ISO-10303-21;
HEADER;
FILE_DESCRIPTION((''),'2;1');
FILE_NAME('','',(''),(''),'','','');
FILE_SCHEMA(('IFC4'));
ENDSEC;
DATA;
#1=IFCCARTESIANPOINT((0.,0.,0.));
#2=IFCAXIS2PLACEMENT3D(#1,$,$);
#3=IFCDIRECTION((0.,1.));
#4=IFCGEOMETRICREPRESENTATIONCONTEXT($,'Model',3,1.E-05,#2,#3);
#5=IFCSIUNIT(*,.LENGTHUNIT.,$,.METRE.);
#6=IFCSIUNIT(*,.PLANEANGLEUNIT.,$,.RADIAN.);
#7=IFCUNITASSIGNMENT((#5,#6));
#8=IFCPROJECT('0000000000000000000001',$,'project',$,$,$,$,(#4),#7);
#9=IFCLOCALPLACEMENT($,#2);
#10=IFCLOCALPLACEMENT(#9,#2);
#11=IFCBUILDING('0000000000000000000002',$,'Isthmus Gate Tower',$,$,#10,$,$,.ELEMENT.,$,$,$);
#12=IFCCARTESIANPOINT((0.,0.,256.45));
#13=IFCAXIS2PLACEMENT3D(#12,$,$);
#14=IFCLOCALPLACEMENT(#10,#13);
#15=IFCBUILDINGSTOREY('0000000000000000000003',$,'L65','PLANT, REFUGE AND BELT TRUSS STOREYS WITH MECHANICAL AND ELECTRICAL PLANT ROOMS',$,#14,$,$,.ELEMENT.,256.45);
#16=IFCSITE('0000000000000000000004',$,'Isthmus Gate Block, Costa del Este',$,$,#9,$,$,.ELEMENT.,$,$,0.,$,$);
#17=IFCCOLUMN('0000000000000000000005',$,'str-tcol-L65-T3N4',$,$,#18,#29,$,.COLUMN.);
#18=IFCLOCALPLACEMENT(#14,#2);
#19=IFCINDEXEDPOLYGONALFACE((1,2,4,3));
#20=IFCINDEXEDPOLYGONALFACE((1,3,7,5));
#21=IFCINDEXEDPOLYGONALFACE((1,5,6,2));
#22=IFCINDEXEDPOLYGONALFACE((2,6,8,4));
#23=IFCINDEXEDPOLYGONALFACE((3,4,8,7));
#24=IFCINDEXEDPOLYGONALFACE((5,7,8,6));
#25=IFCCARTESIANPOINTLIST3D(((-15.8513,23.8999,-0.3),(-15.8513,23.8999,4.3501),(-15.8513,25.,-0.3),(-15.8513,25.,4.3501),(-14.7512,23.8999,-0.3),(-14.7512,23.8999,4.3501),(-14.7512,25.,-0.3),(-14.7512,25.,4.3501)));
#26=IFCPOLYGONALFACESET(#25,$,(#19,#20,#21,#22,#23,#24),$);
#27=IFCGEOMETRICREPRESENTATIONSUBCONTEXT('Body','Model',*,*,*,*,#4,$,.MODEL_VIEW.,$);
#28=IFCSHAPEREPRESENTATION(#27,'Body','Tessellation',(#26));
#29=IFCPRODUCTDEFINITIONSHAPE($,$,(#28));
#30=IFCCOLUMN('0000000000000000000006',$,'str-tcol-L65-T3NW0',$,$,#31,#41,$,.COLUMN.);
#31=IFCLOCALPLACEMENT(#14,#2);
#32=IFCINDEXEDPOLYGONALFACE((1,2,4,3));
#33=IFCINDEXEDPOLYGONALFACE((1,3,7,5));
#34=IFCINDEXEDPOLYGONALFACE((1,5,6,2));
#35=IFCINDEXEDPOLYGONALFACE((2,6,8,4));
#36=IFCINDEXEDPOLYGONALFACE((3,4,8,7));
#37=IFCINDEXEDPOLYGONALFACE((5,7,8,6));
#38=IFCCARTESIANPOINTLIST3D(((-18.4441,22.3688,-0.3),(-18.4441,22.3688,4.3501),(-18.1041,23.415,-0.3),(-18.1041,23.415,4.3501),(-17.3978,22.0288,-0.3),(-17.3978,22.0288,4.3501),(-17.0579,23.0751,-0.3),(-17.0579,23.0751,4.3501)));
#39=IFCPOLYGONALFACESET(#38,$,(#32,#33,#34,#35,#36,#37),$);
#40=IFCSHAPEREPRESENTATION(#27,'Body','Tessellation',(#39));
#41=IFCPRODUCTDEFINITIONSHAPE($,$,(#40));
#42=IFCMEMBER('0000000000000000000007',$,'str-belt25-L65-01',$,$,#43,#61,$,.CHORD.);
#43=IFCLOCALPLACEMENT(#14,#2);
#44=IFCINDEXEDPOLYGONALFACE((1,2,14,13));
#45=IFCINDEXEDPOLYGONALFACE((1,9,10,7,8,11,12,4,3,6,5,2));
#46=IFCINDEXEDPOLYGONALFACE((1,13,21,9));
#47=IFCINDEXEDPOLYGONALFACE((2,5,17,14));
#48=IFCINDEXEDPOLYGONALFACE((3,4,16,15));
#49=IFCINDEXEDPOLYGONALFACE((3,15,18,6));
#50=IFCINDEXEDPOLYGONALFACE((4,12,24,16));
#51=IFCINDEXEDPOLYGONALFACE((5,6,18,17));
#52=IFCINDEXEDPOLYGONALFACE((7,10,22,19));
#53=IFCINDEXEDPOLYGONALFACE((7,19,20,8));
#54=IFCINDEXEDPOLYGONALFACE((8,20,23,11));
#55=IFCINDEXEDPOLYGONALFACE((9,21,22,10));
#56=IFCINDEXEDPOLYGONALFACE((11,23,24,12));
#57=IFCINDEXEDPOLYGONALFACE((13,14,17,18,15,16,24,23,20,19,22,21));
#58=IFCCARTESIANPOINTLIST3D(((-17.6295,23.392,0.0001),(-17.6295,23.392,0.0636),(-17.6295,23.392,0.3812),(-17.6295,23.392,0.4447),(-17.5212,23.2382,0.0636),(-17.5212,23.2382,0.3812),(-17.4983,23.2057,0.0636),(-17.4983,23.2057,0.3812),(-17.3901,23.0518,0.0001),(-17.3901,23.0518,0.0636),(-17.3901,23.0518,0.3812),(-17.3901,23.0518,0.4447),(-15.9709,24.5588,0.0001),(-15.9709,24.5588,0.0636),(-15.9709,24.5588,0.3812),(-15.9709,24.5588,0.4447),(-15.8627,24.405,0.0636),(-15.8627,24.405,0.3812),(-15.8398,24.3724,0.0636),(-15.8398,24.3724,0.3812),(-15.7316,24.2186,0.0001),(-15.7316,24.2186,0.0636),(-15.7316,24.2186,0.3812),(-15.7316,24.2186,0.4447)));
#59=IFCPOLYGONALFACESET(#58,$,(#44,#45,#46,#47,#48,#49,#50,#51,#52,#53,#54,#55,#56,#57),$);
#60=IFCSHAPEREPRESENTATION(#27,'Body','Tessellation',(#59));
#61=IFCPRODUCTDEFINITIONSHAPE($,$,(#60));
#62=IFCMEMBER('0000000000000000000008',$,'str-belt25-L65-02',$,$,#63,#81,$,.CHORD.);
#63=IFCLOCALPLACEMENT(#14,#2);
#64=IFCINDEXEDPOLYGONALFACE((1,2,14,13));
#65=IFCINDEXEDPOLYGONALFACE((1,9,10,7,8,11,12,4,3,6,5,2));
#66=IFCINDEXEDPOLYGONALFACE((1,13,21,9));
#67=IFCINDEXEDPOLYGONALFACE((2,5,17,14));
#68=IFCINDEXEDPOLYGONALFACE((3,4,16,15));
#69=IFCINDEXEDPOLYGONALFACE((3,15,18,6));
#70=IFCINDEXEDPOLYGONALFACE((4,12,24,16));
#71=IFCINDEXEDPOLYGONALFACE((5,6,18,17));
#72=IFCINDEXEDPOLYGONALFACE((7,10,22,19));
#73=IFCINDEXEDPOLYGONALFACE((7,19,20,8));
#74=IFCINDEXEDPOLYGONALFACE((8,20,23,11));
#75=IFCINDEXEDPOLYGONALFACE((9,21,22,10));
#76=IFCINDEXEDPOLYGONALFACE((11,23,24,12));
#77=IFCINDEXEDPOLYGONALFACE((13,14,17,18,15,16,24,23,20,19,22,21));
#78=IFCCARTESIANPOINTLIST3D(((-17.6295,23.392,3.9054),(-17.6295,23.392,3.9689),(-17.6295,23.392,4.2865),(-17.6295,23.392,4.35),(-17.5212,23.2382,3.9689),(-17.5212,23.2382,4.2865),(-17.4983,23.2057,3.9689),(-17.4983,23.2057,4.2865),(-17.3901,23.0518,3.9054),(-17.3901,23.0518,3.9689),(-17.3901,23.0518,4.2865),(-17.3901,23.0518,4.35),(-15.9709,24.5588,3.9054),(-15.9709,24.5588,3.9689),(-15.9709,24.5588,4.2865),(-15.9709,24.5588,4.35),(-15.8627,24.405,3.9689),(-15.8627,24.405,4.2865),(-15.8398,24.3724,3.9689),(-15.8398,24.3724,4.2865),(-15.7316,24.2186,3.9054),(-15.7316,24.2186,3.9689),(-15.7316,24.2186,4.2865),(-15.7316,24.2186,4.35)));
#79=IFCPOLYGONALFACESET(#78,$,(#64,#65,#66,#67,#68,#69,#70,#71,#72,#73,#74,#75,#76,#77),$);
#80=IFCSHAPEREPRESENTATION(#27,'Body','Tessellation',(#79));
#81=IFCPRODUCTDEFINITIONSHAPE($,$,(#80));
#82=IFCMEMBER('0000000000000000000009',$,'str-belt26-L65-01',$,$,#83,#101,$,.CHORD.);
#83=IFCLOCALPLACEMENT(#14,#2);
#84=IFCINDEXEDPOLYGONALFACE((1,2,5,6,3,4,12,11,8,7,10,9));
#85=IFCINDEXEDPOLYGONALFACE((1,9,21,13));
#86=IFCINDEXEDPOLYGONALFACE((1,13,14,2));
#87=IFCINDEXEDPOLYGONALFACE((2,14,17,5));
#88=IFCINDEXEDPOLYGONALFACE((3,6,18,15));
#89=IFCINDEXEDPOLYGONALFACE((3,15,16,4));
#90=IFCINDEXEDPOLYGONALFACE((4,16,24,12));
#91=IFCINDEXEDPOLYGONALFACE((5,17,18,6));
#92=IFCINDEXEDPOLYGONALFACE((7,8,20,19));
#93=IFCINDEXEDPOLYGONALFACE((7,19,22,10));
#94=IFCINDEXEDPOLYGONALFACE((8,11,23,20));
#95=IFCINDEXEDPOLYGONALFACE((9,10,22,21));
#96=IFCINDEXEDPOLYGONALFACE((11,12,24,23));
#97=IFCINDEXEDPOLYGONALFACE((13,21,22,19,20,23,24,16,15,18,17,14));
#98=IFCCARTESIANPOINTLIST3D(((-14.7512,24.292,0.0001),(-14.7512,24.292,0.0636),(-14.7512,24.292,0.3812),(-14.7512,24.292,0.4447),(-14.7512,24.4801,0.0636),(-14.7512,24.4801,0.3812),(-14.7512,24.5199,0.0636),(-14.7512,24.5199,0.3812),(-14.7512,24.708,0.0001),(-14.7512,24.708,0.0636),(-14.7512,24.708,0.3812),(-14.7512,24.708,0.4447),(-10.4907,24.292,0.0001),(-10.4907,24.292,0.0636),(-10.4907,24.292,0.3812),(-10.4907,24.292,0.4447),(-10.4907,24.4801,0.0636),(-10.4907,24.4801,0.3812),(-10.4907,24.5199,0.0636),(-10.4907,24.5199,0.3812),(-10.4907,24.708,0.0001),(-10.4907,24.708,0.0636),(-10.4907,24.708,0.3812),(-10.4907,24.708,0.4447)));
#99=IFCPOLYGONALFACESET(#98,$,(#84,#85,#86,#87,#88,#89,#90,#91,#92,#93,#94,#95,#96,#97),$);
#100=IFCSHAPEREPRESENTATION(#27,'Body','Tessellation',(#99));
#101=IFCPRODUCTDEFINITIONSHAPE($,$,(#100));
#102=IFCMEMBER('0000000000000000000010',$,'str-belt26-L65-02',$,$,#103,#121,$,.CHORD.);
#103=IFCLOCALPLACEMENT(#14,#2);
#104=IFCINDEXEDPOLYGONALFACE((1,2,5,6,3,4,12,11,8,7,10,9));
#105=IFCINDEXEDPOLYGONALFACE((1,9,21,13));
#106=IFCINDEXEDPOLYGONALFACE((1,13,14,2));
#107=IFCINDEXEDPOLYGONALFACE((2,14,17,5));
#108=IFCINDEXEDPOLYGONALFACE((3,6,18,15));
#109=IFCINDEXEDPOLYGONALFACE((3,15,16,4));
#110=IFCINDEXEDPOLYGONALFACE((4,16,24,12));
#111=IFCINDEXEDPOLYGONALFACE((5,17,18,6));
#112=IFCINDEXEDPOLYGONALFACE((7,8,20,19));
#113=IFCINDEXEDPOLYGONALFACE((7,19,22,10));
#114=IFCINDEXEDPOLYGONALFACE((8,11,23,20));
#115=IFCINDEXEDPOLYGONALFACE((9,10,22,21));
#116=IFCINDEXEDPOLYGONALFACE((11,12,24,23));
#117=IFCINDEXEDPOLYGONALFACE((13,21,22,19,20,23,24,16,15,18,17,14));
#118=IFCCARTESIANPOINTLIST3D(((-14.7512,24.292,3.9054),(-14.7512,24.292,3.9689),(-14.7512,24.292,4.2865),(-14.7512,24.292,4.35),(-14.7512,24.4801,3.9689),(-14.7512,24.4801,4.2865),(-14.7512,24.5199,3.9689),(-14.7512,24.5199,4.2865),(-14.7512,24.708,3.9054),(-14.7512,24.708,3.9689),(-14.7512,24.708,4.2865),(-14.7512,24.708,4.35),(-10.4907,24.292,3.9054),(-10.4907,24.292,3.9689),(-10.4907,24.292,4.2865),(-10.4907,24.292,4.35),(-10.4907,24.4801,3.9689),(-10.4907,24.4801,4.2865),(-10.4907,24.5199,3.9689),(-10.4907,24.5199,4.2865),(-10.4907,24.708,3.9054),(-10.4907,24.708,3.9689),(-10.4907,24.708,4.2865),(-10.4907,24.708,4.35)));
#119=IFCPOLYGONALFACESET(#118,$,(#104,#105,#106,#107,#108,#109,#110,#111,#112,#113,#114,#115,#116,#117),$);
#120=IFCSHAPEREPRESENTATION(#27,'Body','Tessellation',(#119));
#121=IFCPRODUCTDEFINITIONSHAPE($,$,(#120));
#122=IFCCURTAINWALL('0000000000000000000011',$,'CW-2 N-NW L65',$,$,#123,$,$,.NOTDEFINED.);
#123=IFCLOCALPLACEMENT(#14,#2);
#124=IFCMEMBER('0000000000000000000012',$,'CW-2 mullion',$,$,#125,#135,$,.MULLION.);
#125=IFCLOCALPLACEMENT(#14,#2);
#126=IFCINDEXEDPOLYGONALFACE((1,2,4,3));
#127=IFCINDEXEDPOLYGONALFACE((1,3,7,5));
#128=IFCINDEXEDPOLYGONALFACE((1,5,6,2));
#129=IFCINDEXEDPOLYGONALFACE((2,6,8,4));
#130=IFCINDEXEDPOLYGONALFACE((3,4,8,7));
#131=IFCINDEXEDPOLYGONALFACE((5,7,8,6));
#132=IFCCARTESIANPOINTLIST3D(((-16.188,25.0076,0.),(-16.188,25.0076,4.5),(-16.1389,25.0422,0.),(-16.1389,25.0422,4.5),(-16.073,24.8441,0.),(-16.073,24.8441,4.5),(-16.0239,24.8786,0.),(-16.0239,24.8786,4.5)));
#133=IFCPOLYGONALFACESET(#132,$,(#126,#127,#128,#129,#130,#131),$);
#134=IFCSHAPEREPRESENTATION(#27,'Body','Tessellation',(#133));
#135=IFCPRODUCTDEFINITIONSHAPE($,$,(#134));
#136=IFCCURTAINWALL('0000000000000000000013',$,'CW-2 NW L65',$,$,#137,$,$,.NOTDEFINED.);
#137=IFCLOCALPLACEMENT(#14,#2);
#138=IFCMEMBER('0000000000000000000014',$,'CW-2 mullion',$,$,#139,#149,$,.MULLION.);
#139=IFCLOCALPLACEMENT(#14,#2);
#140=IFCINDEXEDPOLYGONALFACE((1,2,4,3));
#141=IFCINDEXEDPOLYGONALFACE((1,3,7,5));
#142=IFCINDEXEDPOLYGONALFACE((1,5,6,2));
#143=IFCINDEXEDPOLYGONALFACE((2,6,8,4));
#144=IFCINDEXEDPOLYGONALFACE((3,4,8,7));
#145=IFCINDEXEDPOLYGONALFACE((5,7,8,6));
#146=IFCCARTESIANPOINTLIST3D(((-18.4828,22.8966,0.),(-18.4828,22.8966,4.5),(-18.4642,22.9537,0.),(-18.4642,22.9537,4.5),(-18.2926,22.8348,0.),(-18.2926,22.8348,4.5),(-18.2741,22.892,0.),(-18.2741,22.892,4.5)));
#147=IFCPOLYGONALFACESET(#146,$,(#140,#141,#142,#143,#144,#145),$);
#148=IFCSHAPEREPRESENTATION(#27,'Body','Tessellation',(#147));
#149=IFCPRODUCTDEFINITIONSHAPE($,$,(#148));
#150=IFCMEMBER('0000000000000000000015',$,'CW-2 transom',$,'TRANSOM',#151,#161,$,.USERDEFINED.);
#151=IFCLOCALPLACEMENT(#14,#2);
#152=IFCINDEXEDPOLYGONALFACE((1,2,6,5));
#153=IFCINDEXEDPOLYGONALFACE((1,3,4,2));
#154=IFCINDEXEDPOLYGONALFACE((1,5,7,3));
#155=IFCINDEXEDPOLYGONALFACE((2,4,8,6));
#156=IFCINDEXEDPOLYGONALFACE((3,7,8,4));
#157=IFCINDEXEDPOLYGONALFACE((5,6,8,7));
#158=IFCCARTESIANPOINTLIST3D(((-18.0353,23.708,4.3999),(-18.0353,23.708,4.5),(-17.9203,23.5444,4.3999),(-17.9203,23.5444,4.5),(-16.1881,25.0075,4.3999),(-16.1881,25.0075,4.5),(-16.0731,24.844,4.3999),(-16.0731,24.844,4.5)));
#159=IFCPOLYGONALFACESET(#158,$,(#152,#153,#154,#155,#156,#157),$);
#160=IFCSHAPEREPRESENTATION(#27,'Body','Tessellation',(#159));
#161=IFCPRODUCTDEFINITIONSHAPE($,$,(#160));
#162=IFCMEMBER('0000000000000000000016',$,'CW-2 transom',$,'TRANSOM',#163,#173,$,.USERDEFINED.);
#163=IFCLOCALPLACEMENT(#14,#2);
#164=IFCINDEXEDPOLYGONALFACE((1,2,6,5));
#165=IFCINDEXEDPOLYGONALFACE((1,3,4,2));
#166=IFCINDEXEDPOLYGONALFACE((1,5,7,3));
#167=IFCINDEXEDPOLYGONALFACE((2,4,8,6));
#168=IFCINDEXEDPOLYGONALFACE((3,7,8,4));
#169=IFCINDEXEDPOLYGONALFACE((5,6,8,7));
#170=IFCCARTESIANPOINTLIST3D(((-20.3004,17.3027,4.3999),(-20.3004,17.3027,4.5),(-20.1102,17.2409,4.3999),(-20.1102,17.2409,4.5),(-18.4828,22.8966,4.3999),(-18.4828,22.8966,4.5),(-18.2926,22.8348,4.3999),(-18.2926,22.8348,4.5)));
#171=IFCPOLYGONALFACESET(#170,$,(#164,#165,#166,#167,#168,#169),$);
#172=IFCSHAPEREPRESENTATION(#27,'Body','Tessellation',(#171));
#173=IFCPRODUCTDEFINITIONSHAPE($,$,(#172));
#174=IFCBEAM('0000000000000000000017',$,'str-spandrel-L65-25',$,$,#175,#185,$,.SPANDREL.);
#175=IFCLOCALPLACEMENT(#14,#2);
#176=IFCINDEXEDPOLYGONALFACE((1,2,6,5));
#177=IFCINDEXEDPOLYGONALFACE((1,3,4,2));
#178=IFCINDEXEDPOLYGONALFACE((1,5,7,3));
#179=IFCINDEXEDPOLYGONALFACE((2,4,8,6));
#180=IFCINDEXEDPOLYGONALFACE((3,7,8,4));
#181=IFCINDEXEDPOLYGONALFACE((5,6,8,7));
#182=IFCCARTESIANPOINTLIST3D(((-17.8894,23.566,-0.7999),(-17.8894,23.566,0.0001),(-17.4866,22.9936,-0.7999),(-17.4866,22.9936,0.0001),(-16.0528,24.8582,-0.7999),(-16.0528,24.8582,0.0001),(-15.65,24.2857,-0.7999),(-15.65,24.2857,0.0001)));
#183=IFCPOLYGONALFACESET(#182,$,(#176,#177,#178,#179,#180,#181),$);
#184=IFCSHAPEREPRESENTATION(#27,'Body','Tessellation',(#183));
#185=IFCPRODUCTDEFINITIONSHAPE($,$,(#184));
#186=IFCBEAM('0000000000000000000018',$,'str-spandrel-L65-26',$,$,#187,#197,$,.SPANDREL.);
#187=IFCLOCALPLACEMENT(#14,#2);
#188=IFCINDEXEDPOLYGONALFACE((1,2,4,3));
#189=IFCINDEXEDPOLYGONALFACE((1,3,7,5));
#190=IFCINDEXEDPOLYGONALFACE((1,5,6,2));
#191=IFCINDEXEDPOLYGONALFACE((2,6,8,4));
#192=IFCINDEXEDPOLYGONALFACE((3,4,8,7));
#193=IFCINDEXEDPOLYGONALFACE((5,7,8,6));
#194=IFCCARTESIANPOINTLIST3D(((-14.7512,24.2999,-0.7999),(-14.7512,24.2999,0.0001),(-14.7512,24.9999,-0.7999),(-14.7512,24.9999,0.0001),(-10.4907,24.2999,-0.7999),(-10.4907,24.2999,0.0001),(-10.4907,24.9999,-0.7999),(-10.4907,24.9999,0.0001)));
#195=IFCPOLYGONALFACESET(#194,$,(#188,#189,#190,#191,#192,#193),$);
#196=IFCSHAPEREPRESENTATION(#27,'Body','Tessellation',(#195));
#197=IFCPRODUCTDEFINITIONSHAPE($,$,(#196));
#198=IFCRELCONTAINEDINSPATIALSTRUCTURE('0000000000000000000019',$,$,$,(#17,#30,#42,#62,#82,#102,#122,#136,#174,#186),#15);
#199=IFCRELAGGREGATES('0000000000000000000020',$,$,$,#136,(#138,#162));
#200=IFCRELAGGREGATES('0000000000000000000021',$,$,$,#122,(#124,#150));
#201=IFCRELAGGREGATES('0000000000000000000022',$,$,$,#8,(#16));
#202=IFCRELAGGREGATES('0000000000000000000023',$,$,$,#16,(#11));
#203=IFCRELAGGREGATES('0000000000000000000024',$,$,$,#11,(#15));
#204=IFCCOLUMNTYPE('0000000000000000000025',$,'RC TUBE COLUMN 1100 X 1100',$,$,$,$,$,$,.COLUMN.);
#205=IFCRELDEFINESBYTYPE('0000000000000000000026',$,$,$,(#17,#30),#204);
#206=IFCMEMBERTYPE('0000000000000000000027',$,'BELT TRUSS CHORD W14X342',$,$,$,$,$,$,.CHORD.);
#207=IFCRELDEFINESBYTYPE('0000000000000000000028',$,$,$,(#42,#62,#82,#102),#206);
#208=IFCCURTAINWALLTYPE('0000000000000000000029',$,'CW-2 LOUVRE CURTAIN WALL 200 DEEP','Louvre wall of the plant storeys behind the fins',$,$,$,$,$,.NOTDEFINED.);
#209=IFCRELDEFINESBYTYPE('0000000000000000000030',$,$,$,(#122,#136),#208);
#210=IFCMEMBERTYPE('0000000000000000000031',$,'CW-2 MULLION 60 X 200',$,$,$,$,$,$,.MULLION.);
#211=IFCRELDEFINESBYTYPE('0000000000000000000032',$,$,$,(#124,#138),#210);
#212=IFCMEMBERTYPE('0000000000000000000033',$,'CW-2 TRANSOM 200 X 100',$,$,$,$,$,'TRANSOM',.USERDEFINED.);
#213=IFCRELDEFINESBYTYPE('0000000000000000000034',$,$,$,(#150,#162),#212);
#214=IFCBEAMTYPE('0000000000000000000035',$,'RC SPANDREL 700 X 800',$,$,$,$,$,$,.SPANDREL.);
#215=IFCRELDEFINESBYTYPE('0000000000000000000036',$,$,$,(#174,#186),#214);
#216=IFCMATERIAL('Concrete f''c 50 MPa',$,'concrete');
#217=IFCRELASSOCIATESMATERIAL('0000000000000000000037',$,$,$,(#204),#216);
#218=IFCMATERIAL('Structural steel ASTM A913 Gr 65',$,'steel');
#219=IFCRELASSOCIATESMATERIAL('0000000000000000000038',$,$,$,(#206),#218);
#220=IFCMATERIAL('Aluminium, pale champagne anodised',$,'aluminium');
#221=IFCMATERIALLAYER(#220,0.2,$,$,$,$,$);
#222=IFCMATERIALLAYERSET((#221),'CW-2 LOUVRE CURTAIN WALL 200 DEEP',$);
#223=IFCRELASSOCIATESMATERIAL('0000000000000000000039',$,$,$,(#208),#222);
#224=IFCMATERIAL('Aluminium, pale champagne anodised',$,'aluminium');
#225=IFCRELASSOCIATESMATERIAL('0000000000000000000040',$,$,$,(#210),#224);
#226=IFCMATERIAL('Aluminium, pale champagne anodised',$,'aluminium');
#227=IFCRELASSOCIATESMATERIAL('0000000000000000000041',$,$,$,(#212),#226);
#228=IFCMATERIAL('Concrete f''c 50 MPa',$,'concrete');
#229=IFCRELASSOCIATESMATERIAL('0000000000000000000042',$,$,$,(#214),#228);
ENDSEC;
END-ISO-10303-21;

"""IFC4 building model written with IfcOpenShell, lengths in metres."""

from ifc_helpers import new_model, si_unit, direction, frame, origin, origin_2d, place, context, subcontext, project, spatial, rectangle, i_section, extrude, material, layer, layer_set, material_profile, profile_set, type_object, element, aggregate, save


model = new_model("IFC4")

# Units and contexts
model_context = context("Model", 3, precision=1e-05, world=origin(), true_north=direction((0.0, 1.0)))
body_context = subcontext(model_context, "Body", "Model", "MODEL_VIEW")
ifc_project = project(units=[si_unit("LENGTHUNIT", "METRE"), si_unit("PLANEANGLEUNIT", "RADIAN")], contexts=[model_context])

# Site, building, storey
site_placement = place(None, origin())
site = spatial("IfcSite", under=ifc_project, at=site_placement, Name="Isthmus Gate Block, Costa del Este", CompositionType="ELEMENT", RefElevation=0.0)
building_placement = place(site_placement, origin())
building = spatial("IfcBuilding", under=site, at=building_placement, Name="Isthmus Gate Tower", CompositionType="ELEMENT")
storey_placement = place(building_placement, frame((0.0, 0.0, 256.45)))
storey = spatial("IfcBuildingStorey", under=building, at=storey_placement, Name="L65", Description="PLANT, REFUGE AND BELT TRUSS STOREYS WITH MECHANICAL AND ELECTRICAL PLANT ROOMS", CompositionType="ELEMENT", Elevation=256.45)

# Columns
ifc_material_1 = material(Name="Concrete f'c 50 MPa", Category="concrete")
ifc_material_profile_1 = material_profile(ifc_material_1, rectangle(XDim=1.1001, YDim=1.1001, at=origin_2d()), Name="RC 1100X1100")
ifc_profile_set_1 = profile_set([ifc_material_profile_1], Name="Concrete f'c 50 MPa")
column_type = type_object("IfcColumnType", Name="RC TUBE COLUMN 1100 X 1100", PredefinedType="COLUMN", material=ifc_profile_set_1)
for number, where, z_axis, x_axis, name in (
    (1, (-15.3013, 24.45, -0.3), (0.0, 0.0, 1.0), (-1.0, 0.0, 0.0), "str-tcol-L65-T3N4"),
    (2, (-17.751, 22.7219, -0.3), (0.0, 0.0, 1.0), (-0.309017, -0.951057, 0.0), "str-tcol-L65-T3NW0"),
):
    element("IfcColumn", number, at=place(storey_placement, frame(where, z_axis=z_axis, x_axis=x_axis)), inside=storey, type_object=column_type, Name=name, PredefinedType="COLUMN", context=body_context, shape_type="SweptSolid", body=[
        extrude(rectangle(XDim=1.1001, YDim=1.1001, at=origin_2d()), origin(), (0.0, 0.0, 1.0), 4.6501),
    ])

# Members
ifc_material_2 = material(Name="Structural steel ASTM A913 Gr 65", Category="steel")
ifc_material_profile_2 = material_profile(ifc_material_2, i_section(OverallWidth=0.416, OverallDepth=0.4446, WebThickness=0.0398, FlangeThickness=0.0635, at=origin_2d()), Name="W14X342")
ifc_profile_set_2 = profile_set([ifc_material_profile_2], Name="Structural steel ASTM A913 Gr 65")
member_type_1 = type_object("IfcMemberType", Name="BELT TRUSS CHORD W14X342", PredefinedType="CHORD", material=ifc_profile_set_2)
for number, where, z_axis, x_axis, name in (
    (3, (-17.5098, 23.2219, 0.2224), (0.817878, 0.575392, 0.0), (-0.575392, 0.817878, 0.0), "str-belt25-L65-01"),
    (4, (-17.5098, 23.2219, 4.1277), (0.817878, 0.575392, 0.0), (-0.575392, 0.817878, 0.0), "str-belt25-L65-02"),
):
    element("IfcMember", number, at=place(storey_placement, frame(where, z_axis=z_axis, x_axis=x_axis)), inside=storey, type_object=member_type_1, Name=name, PredefinedType="CHORD", context=body_context, shape_type="SweptSolid", body=[
        extrude(i_section(OverallWidth=0.416, OverallDepth=0.4446, WebThickness=0.0398, FlangeThickness=0.0635, at=origin_2d()), origin(), (0.0, 0.0, 1.0), 2.0278),
    ])
for number, where, z_axis, x_axis, name in (
    (5, (-14.7512, 24.5, 0.2224), (1.0, 0.0, 0.0), (0.0, 1.0, 0.0), "str-belt26-L65-01"),
    (6, (-14.7512, 24.5, 4.1277), (1.0, 0.0, 0.0), (0.0, 1.0, 0.0), "str-belt26-L65-02"),
):
    element("IfcMember", number, at=place(storey_placement, frame(where, z_axis=z_axis, x_axis=x_axis)), inside=storey, type_object=member_type_1, Name=name, PredefinedType="CHORD", context=body_context, shape_type="SweptSolid", body=[
        extrude(i_section(OverallWidth=0.416, OverallDepth=0.4446, WebThickness=0.0398, FlangeThickness=0.0635, at=origin_2d()), origin(), (0.0, 0.0, 1.0), 4.2605),
    ])

# Curtain walls, members
ifc_material_3 = material(Name="Aluminium, pale champagne anodised", Category="aluminium")
ifc_layer_1 = layer(ifc_material_3, 0.2)
ifc_layer_set_1 = layer_set([ifc_layer_1], Name="CW-2 LOUVRE CURTAIN WALL 200 DEEP")
curtain_wall_type = type_object("IfcCurtainWallType", Name="CW-2 LOUVRE CURTAIN WALL 200 DEEP", Description="Louvre wall of the plant storeys behind the fins", PredefinedType="NOTDEFINED", material=ifc_layer_set_1)
curtain_wall_1_placement = place(storey_placement, origin())
curtain_wall_1 = element("IfcCurtainWall", 7, at=curtain_wall_1_placement, inside=storey, type_object=curtain_wall_type, Name="CW-2 N-NW L65", PredefinedType="NOTDEFINED")
ifc_material_4 = material(Name="Aluminium, pale champagne anodised", Category="aluminium")
ifc_material_profile_3 = material_profile(ifc_material_4, rectangle(XDim=0.0601, YDim=0.2, at=origin_2d()), Name="60x200")
ifc_profile_set_3 = profile_set([ifc_material_profile_3], Name="Aluminium, pale champagne anodised")
member_type_2 = type_object("IfcMemberType", Name="CW-2 MULLION 60 X 200", PredefinedType="MULLION", material=ifc_profile_set_3)
member_1_placement = place(storey_placement, frame((-16.106, 24.9431, 0.0), z_axis=(0.0, 0.0, 1.0), x_axis=(-0.81786, -0.575418, 0.0)))
member_1 = element("IfcMember", 8, at=member_1_placement, type_object=member_type_2, Name="CW-2 mullion", PredefinedType="MULLION", context=body_context, shape_type="SweptSolid", body=[
    extrude(rectangle(XDim=0.0601, YDim=0.2, at=origin_2d()), origin(), (0.0, 0.0, 1.0), 4.5),
])
curtain_wall_2_placement = place(storey_placement, origin())
curtain_wall_2 = element("IfcCurtainWall", 9, at=curtain_wall_2_placement, inside=storey, type_object=curtain_wall_type, Name="CW-2 NW L65", PredefinedType="NOTDEFINED")
member_2_placement = place(storey_placement, frame((-18.3784, 22.8943, 0.0), z_axis=(0.0, 0.0, 1.0), x_axis=(-0.309017, -0.951057, 0.0)))
member_2 = element("IfcMember", 10, at=member_2_placement, type_object=member_type_2, Name="CW-2 mullion", PredefinedType="MULLION", context=body_context, shape_type="SweptSolid", body=[
    extrude(rectangle(XDim=0.0601, YDim=0.2, at=origin_2d()), origin(), (0.0, 0.0, 1.0), 4.5),
])

# Members
ifc_material_5 = material(Name="Aluminium, pale champagne anodised", Category="aluminium")
ifc_material_profile_4 = material_profile(ifc_material_5, rectangle(XDim=0.2, YDim=0.1001, at=origin_2d()), Name="200x100")
ifc_profile_set_4 = profile_set([ifc_material_profile_4], Name="Aluminium, pale champagne anodised")
member_type_3 = type_object("IfcMemberType", Name="CW-2 TRANSOM 200 X 100", ElementType="TRANSOM", PredefinedType="USERDEFINED", material=ifc_profile_set_4)
member_3_placement = place(storey_placement, frame((-16.1306, 24.9258, 4.45), z_axis=(-0.817869, -0.575405, 0.0), x_axis=(0.575405, -0.817869, 0.0)))
member_3 = element("IfcMember", 11, at=member_3_placement, type_object=member_type_3, Name="CW-2 transom", ObjectType="TRANSOM", PredefinedType="USERDEFINED", context=body_context, shape_type="SweptSolid", body=[
    extrude(rectangle(XDim=0.2, YDim=0.1001, at=origin_2d()), origin(), (0.0, 0.0, 1.0), 2.2585),
])
member_4_placement = place(storey_placement, frame((-18.3877, 22.8657, 4.45), z_axis=(-0.309021, -0.951055, 0.0), x_axis=(0.951055, -0.309021, 0.0)))
member_4 = element("IfcMember", 12, at=member_4_placement, type_object=member_type_3, Name="CW-2 transom", ObjectType="TRANSOM", PredefinedType="USERDEFINED", context=body_context, shape_type="SweptSolid", body=[
    extrude(rectangle(XDim=0.2, YDim=0.1001, at=origin_2d()), origin(), (0.0, 0.0, 1.0), 5.8818),
])
aggregate(curtain_wall_2, [member_2, member_4])

# Beams
ifc_material_6 = material(Name="Concrete f'c 50 MPa", Category="concrete")
ifc_material_profile_5 = material_profile(ifc_material_6, rectangle(XDim=0.7, YDim=0.8, at=origin_2d()), Name="RC 700X800")
ifc_profile_set_5 = profile_set([ifc_material_profile_5], Name="Concrete f'c 50 MPa")
beam_type = type_object("IfcBeamType", Name="RC SPANDREL 700 X 800", PredefinedType="SPANDREL", material=ifc_profile_set_5)
beam_1_placement = place(storey_placement, frame((-17.688, 23.2798, -0.3999), z_axis=(0.817856, 0.575423, 0.0), x_axis=(-0.575423, 0.817856, 0.0)))
element("IfcBeam", 13, at=beam_1_placement, inside=storey, type_object=beam_type, Name="str-spandrel-L65-25", PredefinedType="SPANDREL", context=body_context, shape_type="SweptSolid", body=[
    extrude(rectangle(XDim=0.7, YDim=0.8, at=origin_2d()), origin(), (0.0, 0.0, 1.0), 2.2456),
])
beam_2_placement = place(storey_placement, frame((-14.7512, 24.6499, -0.3999), z_axis=(1.0, 0.0, 0.0), x_axis=(0.0, 1.0, 0.0)))
element("IfcBeam", 14, at=beam_2_placement, inside=storey, type_object=beam_type, Name="str-spandrel-L65-26", PredefinedType="SPANDREL", context=body_context, shape_type="SweptSolid", body=[
    extrude(rectangle(XDim=0.7, YDim=0.8, at=origin_2d()), origin(), (0.0, 0.0, 1.0), 4.2605),
])

aggregate(curtain_wall_1, [member_1, member_3])

save(model, "model.ifc")
